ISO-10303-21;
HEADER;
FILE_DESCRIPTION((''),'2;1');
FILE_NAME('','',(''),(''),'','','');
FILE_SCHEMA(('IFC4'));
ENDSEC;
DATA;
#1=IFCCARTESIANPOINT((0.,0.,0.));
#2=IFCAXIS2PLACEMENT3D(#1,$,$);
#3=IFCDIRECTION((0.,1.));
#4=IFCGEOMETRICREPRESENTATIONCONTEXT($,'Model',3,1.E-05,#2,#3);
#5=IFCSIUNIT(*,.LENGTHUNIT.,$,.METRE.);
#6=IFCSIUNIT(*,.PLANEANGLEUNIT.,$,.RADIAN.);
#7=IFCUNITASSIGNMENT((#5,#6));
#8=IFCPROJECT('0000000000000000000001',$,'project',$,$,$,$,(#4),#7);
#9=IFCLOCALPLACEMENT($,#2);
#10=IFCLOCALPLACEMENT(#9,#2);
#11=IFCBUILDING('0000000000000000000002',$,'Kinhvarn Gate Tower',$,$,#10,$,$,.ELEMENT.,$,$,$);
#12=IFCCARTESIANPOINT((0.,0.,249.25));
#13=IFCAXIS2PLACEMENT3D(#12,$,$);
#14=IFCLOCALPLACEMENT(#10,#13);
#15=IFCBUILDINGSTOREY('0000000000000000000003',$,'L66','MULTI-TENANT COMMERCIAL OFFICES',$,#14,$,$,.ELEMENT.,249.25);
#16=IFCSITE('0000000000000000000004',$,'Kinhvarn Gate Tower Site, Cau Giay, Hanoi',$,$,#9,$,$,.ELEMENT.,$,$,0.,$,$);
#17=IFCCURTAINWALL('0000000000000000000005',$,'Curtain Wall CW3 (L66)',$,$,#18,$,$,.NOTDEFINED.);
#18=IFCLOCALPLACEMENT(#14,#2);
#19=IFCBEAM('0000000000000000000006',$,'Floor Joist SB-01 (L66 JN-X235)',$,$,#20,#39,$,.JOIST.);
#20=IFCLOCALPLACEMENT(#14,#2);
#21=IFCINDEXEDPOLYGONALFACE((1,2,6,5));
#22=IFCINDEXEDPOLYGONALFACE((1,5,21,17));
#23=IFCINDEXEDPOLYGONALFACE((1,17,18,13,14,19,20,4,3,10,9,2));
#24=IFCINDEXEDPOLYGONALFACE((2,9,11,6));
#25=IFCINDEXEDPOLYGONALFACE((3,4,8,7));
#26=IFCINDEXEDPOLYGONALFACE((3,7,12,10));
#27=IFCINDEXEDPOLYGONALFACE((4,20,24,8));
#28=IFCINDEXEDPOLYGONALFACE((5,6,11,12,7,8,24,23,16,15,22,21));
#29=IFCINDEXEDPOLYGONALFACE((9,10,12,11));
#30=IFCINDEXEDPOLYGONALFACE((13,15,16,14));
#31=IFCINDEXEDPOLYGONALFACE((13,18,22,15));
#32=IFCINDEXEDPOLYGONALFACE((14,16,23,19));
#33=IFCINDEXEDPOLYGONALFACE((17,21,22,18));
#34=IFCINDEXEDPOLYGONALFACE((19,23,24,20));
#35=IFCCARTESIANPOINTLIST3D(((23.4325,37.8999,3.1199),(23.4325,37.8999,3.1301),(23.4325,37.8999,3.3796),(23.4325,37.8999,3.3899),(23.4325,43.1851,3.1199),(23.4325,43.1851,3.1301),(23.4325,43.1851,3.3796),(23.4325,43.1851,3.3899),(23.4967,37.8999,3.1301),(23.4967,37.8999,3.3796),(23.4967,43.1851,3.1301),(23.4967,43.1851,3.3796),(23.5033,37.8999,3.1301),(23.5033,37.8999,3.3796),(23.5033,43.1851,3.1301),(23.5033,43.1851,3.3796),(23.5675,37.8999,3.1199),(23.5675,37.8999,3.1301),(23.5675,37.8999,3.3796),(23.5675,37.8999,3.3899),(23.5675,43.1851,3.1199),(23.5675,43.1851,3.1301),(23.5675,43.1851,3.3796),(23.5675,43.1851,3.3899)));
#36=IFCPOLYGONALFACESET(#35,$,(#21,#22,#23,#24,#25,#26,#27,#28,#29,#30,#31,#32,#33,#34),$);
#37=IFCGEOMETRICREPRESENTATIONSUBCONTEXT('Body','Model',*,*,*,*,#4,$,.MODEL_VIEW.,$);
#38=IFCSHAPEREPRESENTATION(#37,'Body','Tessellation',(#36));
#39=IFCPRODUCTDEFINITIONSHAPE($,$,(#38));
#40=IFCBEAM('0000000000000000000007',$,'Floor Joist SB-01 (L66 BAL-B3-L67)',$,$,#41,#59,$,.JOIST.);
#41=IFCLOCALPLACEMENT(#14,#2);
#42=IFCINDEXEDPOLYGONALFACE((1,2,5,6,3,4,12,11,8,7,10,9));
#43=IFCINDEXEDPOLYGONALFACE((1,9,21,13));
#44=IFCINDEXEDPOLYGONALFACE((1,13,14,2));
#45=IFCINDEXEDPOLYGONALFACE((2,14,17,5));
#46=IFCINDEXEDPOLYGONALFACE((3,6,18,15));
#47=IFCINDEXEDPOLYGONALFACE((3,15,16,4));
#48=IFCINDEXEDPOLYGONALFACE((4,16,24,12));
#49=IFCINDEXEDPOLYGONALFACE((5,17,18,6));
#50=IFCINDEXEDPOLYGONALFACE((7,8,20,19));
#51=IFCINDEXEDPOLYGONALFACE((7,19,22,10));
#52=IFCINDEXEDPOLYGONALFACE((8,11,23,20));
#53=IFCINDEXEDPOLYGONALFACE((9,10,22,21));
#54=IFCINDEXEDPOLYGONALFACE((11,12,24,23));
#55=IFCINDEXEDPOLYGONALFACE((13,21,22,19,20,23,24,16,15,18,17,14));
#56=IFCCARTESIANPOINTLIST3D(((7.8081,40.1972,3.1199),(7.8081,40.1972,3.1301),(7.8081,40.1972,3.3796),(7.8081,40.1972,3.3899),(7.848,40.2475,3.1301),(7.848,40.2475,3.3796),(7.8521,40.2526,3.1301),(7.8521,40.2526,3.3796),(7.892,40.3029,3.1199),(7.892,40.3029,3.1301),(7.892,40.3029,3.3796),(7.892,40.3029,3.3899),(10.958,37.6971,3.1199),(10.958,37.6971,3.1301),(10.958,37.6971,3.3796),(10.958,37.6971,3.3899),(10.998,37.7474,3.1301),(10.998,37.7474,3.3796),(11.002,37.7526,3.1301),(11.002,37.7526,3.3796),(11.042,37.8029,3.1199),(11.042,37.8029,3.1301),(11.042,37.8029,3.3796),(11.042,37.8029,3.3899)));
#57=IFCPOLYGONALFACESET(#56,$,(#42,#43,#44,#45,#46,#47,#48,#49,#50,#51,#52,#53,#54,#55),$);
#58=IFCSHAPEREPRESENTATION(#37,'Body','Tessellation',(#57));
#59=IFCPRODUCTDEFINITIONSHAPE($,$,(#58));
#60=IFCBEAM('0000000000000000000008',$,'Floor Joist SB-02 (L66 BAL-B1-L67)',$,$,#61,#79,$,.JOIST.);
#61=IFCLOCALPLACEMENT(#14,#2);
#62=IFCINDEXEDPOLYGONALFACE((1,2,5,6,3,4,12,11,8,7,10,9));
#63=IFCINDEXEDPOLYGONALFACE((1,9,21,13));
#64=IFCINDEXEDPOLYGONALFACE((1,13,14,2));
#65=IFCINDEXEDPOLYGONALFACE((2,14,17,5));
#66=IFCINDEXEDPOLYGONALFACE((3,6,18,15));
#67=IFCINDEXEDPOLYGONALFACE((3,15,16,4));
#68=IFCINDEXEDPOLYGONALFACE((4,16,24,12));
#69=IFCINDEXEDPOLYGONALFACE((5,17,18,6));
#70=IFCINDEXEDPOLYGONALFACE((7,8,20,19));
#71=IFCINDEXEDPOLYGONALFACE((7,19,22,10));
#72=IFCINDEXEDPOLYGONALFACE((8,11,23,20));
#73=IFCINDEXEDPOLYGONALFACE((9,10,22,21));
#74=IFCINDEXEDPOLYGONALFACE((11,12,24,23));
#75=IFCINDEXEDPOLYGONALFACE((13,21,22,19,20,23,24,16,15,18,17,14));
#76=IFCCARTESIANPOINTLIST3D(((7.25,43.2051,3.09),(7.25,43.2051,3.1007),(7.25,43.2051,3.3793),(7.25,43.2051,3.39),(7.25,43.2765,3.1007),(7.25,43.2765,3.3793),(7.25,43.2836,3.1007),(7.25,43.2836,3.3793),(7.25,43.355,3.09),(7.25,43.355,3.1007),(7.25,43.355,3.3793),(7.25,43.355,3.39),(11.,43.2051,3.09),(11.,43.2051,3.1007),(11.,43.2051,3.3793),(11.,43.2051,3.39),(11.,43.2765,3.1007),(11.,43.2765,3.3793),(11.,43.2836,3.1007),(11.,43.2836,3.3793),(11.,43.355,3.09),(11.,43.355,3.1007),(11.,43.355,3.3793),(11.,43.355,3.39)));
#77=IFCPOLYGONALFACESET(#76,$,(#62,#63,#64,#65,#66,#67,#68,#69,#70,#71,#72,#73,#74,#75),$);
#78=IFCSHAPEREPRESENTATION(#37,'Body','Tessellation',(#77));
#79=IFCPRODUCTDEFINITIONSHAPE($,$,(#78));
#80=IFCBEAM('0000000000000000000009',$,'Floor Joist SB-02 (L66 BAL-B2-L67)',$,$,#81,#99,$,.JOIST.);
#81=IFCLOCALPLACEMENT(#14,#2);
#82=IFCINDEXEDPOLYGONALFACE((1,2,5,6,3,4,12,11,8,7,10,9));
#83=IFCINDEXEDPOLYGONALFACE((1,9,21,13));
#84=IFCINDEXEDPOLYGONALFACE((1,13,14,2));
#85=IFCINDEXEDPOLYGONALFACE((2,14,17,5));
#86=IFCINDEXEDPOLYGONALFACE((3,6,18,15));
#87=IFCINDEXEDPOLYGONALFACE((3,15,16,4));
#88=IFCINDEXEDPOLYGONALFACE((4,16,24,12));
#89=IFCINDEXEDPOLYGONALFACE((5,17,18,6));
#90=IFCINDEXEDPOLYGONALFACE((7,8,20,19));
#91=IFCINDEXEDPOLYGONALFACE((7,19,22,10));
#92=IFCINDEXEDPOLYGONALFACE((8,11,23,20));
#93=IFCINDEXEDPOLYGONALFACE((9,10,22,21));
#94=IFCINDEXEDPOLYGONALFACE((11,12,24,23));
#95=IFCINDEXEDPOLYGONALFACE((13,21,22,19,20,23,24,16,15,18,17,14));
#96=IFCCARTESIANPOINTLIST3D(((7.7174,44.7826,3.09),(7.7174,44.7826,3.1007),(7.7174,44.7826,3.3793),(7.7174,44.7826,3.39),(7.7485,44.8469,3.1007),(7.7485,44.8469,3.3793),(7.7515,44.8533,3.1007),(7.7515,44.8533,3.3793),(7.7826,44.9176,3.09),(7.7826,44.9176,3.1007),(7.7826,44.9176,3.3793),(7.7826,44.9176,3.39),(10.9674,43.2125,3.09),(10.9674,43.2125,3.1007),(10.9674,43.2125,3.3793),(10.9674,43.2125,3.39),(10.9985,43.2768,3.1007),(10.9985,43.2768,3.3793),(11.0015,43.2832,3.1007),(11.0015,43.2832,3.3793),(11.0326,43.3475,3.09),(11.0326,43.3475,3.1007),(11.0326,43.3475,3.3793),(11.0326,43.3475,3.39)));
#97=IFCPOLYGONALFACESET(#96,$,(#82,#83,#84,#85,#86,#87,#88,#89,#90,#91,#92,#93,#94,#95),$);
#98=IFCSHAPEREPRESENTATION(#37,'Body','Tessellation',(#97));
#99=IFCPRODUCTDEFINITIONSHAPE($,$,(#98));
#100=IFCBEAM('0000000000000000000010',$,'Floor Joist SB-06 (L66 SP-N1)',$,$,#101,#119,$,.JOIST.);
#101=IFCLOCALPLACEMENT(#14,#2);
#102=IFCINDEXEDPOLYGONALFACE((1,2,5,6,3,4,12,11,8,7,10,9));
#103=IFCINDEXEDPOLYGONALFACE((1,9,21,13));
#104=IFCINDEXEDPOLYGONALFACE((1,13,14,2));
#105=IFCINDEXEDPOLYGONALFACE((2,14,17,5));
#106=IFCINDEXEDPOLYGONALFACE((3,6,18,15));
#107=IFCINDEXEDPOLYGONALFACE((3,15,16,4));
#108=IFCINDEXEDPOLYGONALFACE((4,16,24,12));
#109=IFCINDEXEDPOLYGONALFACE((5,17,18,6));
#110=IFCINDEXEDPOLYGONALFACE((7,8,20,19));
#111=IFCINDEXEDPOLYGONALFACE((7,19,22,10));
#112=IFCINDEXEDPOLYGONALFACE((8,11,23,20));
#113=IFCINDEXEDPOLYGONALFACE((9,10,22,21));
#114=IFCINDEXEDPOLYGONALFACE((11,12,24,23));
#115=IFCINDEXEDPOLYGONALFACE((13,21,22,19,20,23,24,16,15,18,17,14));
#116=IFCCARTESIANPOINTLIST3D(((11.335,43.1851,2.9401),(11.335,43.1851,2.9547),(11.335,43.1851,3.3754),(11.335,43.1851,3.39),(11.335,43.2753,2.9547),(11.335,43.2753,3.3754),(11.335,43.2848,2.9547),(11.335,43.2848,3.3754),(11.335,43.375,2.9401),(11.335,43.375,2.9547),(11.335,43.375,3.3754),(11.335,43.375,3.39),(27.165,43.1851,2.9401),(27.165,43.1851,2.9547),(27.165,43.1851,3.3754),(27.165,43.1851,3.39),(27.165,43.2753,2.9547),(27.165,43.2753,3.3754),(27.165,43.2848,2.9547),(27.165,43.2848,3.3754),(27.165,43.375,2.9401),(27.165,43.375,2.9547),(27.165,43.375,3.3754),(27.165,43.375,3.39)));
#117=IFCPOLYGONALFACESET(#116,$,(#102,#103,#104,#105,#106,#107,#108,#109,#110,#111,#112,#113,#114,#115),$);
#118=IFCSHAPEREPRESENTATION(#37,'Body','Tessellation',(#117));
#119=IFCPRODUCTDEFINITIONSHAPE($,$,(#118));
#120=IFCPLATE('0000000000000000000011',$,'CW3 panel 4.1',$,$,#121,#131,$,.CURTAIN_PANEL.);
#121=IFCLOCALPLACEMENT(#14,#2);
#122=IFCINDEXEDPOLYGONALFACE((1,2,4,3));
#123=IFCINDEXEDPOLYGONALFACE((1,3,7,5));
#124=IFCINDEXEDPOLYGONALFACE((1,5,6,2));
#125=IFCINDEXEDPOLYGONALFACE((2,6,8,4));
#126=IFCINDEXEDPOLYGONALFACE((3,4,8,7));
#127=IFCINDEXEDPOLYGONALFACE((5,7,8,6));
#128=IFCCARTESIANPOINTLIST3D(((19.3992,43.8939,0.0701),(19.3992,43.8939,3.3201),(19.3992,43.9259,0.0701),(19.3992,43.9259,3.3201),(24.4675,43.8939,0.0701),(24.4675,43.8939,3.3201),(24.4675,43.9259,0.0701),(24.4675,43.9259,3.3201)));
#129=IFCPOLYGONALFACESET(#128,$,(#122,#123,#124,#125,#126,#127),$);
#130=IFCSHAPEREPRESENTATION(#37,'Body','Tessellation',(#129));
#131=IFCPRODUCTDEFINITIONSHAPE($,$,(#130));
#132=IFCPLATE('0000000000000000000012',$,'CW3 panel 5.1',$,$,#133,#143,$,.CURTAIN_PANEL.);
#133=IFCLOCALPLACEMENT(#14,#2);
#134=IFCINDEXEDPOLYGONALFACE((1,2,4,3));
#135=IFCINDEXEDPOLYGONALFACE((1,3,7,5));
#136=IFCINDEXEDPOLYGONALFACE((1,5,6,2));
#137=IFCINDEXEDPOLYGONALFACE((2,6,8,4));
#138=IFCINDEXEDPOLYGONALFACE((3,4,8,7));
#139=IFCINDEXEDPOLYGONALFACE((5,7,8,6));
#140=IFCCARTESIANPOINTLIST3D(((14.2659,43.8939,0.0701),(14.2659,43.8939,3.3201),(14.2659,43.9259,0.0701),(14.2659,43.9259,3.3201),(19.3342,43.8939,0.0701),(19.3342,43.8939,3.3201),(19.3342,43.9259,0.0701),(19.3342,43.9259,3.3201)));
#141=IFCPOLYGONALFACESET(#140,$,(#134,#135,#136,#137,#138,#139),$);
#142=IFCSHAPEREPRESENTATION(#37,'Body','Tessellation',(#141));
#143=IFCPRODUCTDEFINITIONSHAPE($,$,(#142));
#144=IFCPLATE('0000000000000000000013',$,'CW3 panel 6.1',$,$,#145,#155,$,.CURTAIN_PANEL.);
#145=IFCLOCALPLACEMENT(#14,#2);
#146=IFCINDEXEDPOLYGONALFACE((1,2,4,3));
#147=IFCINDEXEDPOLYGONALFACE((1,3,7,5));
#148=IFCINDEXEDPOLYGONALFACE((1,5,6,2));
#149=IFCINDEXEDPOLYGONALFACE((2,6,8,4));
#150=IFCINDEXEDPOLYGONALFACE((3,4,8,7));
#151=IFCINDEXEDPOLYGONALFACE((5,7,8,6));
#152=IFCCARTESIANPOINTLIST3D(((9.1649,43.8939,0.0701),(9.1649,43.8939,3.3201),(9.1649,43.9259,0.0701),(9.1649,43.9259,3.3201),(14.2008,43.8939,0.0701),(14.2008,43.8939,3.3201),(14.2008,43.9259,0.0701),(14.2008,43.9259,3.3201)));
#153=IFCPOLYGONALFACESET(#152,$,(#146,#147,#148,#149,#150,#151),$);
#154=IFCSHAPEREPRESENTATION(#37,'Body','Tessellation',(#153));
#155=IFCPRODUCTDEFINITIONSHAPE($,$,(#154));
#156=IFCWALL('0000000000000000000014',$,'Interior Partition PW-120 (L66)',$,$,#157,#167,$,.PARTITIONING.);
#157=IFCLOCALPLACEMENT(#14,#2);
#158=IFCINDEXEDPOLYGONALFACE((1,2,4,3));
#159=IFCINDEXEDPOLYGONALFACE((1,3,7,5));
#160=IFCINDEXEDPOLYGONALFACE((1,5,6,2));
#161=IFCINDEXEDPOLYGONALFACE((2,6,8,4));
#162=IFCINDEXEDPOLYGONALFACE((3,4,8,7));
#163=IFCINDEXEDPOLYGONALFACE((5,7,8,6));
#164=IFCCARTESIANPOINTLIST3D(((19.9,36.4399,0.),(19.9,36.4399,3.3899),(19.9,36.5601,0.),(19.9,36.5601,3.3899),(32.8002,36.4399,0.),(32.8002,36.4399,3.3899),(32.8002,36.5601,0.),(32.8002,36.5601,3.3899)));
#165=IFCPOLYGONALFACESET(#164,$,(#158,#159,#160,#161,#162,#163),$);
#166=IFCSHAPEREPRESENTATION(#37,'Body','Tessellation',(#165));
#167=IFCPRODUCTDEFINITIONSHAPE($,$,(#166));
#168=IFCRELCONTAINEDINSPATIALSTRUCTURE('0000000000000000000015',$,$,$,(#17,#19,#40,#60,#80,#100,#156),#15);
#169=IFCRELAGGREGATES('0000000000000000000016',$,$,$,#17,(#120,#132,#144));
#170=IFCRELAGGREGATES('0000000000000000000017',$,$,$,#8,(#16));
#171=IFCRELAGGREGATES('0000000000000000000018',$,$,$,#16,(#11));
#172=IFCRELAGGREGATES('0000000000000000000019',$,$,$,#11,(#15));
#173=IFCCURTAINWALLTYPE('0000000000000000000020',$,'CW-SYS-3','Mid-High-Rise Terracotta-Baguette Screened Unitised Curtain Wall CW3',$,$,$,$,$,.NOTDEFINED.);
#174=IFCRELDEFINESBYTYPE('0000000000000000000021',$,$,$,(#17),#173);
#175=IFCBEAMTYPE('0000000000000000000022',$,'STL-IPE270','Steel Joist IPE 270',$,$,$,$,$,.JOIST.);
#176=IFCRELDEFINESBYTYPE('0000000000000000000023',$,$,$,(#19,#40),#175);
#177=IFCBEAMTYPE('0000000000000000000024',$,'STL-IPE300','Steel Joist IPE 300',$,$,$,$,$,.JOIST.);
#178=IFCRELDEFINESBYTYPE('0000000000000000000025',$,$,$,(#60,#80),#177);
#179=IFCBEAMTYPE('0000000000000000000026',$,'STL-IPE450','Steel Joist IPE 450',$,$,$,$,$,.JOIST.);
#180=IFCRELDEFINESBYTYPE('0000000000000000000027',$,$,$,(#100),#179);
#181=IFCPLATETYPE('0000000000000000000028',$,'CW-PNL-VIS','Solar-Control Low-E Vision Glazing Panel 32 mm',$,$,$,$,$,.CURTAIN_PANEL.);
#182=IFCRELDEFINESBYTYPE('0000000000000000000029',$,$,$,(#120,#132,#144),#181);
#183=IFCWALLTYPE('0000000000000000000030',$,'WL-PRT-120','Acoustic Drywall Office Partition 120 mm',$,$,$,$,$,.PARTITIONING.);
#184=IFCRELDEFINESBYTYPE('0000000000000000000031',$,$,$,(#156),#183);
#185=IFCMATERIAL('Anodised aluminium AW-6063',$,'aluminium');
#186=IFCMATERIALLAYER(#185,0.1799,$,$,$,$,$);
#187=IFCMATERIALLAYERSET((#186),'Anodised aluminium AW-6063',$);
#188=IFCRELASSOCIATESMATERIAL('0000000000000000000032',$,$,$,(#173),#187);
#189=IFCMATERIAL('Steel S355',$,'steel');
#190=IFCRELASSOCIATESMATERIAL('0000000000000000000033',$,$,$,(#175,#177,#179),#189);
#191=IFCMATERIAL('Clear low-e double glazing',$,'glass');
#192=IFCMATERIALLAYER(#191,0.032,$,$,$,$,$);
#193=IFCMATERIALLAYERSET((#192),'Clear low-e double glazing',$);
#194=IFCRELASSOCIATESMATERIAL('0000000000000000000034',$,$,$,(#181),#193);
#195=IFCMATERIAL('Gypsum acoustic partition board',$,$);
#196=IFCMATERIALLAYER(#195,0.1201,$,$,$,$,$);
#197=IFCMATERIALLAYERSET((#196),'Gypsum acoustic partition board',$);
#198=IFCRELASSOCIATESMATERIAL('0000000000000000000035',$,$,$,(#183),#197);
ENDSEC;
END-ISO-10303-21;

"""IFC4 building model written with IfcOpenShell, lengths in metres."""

from ifc_helpers import new_model, si_unit, direction, frame, frame_2d, origin, origin_2d, place, context, subcontext, project, spatial, rectangle, i_section, extrude, material, layer, layer_set, material_profile, profile_set, type_object, element, aggregate, save


model = new_model("IFC4")

# Units and contexts
model_context = context("Model", 3, precision=1e-05, world=origin(), true_north=direction((0.0, 1.0)))
body_context = subcontext(model_context, "Body", "Model", "MODEL_VIEW")
ifc_project = project(units=[si_unit("LENGTHUNIT", "METRE"), si_unit("PLANEANGLEUNIT", "RADIAN")], contexts=[model_context])

# Site, building, storey
site_placement = place(None, origin())
site = spatial("IfcSite", under=ifc_project, at=site_placement, Name="Kinhvarn Gate Tower Site, Cau Giay, Hanoi", CompositionType="ELEMENT", RefElevation=0.0)
building_placement = place(site_placement, origin())
building = spatial("IfcBuilding", under=site, at=building_placement, Name="Kinhvarn Gate Tower", CompositionType="ELEMENT")
storey_placement = place(building_placement, frame((0.0, 0.0, 249.25)))
storey = spatial("IfcBuildingStorey", under=building, at=storey_placement, Name="L66", Description="MULTI-TENANT COMMERCIAL OFFICES", CompositionType="ELEMENT", Elevation=249.25)

# Curtain wall
ifc_material_1 = material(Name="Anodised aluminium AW-6063", Category="aluminium")
ifc_layer_1 = layer(ifc_material_1, 0.1799)
ifc_layer_set_1 = layer_set([ifc_layer_1], Name="Anodised aluminium AW-6063")
curtain_wall_type = type_object("IfcCurtainWallType", Name="CW-SYS-3", Description="Mid-High-Rise Terracotta-Baguette Screened Unitised Curtain Wall CW3", PredefinedType="NOTDEFINED", material=ifc_layer_set_1)
curtain_wall_placement = place(storey_placement, origin())
curtain_wall = element("IfcCurtainWall", 1, at=curtain_wall_placement, inside=storey, type_object=curtain_wall_type, Name="Curtain Wall CW3 (L66)", PredefinedType="NOTDEFINED")

# Beams
ifc_material_2 = material(Name="Steel S355", Category="steel")
ifc_material_profile_1 = material_profile(ifc_material_2, i_section(OverallWidth=0.135, OverallDepth=0.27, WebThickness=0.0066, FlangeThickness=0.0103, at=origin_2d()), Name="IPE 270")
ifc_profile_set_1 = profile_set([ifc_material_profile_1], Name="Steel S355")
beam_type_1 = type_object("IfcBeamType", Name="STL-IPE270", Description="Steel Joist IPE 270", PredefinedType="JOIST", material=ifc_profile_set_1)
for number, where, z_axis, x_axis, name in (
    (2, (23.5, 37.8999, 3.2549), (0.0, 1.0, 0.0), (-1.0, 0.0, 0.0), "Floor Joist SB-01 (L66 JN-X235)"),
):
    element("IfcBeam", number, at=place(storey_placement, frame(where, z_axis=z_axis, x_axis=x_axis)), inside=storey, type_object=beam_type_1, Name=name, PredefinedType="JOIST", context=body_context, shape_type="SweptSolid", body=[
        extrude(i_section(OverallWidth=0.135, OverallDepth=0.27, WebThickness=0.0066, FlangeThickness=0.0103, at=origin_2d()), origin(), (0.0, 0.0, 1.0), 5.2852),
    ])
beam_1_placement = place(storey_placement, frame((11.0, 37.75, 3.2549), z_axis=(-0.78328, 0.62167, 0.0), x_axis=(-0.62167, -0.78328, 0.0)))
element("IfcBeam", 3, at=beam_1_placement, inside=storey, type_object=beam_type_1, Name="Floor Joist SB-01 (L66 BAL-B3-L67)", PredefinedType="JOIST", context=body_context, shape_type="SweptSolid", body=[
    extrude(i_section(OverallWidth=0.135, OverallDepth=0.27, WebThickness=0.0066, FlangeThickness=0.0103, at=origin_2d()), origin(), (0.0, 0.0, 1.0), 4.0215),
])
ifc_material_profile_2 = material_profile(ifc_material_2, i_section(OverallWidth=0.1499, OverallDepth=0.3, WebThickness=0.0071, FlangeThickness=0.0107, at=origin_2d()), Name="IPE 300")
ifc_profile_set_2 = profile_set([ifc_material_profile_2], Name="Steel S355")
beam_type_2 = type_object("IfcBeamType", Name="STL-IPE300", Description="Steel Joist IPE 300", PredefinedType="JOIST", material=ifc_profile_set_2)
beam_2_placement = place(storey_placement, frame((11.0, 43.28, 3.24), z_axis=(-1.0, 0.0, 0.0), x_axis=(0.0, -1.0, 0.0)))
element("IfcBeam", 4, at=beam_2_placement, inside=storey, type_object=beam_type_2, Name="Floor Joist SB-02 (L66 BAL-B1-L67)", PredefinedType="JOIST", context=body_context, shape_type="SweptSolid", body=[
    extrude(i_section(OverallWidth=0.1499, OverallDepth=0.3, WebThickness=0.0071, FlangeThickness=0.0107, at=origin_2d()), origin(), (0.0, 0.0, 1.0), 3.75),
])
beam_3_placement = place(storey_placement, frame((11.0, 43.28, 3.24), z_axis=(-0.900432, 0.434997, 0.0), x_axis=(-0.434997, -0.900432, 0.0)))
element("IfcBeam", 5, at=beam_3_placement, inside=storey, type_object=beam_type_2, Name="Floor Joist SB-02 (L66 BAL-B2-L67)", PredefinedType="JOIST", context=body_context, shape_type="SweptSolid", body=[
    extrude(i_section(OverallWidth=0.1499, OverallDepth=0.3, WebThickness=0.0071, FlangeThickness=0.0107, at=origin_2d()), origin(), (0.0, 0.0, 1.0), 3.6094),
])
ifc_material_profile_3 = material_profile(ifc_material_2, i_section(OverallWidth=0.1899, OverallDepth=0.45, WebThickness=0.0095, FlangeThickness=0.0146, at=origin_2d()), Name="IPE 450")
ifc_profile_set_3 = profile_set([ifc_material_profile_3], Name="Steel S355")
beam_type_3 = type_object("IfcBeamType", Name="STL-IPE450", Description="Steel Joist IPE 450", PredefinedType="JOIST", material=ifc_profile_set_3)
beam_4_placement = place(storey_placement, frame((11.335, 43.28, 3.165), z_axis=(1.0, 0.0, 0.0), x_axis=(0.0, 1.0, 0.0)))
element("IfcBeam", 6, at=beam_4_placement, inside=storey, type_object=beam_type_3, Name="Floor Joist SB-06 (L66 SP-N1)", PredefinedType="JOIST", context=body_context, shape_type="SweptSolid", body=[
    extrude(i_section(OverallWidth=0.1899, OverallDepth=0.45, WebThickness=0.0095, FlangeThickness=0.0146, at=origin_2d()), origin(), (0.0, 0.0, 1.0), 15.8301),
])

# Plates
ifc_material_3 = material(Name="Clear low-e double glazing", Category="glass")
ifc_layer_2 = layer(ifc_material_3, 0.032)
ifc_layer_set_2 = layer_set([ifc_layer_2], Name="Clear low-e double glazing")
plate_type = type_object("IfcPlateType", Name="CW-PNL-VIS", Description="Solar-Control Low-E Vision Glazing Panel 32 mm", PredefinedType="CURTAIN_PANEL", material=ifc_layer_set_2)
plate_1_placement = place(storey_placement, frame((21.9333, 43.9099, 0.0701), z_axis=(0.0, 0.0, 1.0), x_axis=(-1.0, 0.0, 0.0)))
plate_1 = element("IfcPlate", 7, at=plate_1_placement, type_object=plate_type, Name="CW3 panel 4.1", PredefinedType="CURTAIN_PANEL", context=body_context, shape_type="SweptSolid", body=[
    extrude(rectangle(XDim=5.0684, YDim=0.032, at=origin_2d()), origin(), (0.0, 0.0, 1.0), 3.25),
])
plate_2_placement = place(storey_placement, frame((16.8, 43.9099, 0.0701), z_axis=(0.0, 0.0, 1.0), x_axis=(-1.0, 0.0, 0.0)))
plate_2 = element("IfcPlate", 8, at=plate_2_placement, type_object=plate_type, Name="CW3 panel 5.1", PredefinedType="CURTAIN_PANEL", context=body_context, shape_type="SweptSolid", body=[
    extrude(rectangle(XDim=5.0684, YDim=0.032, at=origin_2d()), origin(), (0.0, 0.0, 1.0), 3.25),
])
plate_3_placement = place(storey_placement, frame((11.6829, 43.9099, 0.0701), z_axis=(0.0, 0.0, 1.0), x_axis=(-1.0, 0.0, 0.0)))
plate_3 = element("IfcPlate", 9, at=plate_3_placement, type_object=plate_type, Name="CW3 panel 6.1", PredefinedType="CURTAIN_PANEL", context=body_context, shape_type="SweptSolid", body=[
    extrude(rectangle(XDim=5.0359, YDim=0.032, at=origin_2d()), origin(), (0.0, 0.0, 1.0), 3.25),
])
aggregate(curtain_wall, [plate_1, plate_2, plate_3])

# Wall
ifc_material_4 = material(Name="Gypsum acoustic partition board")
ifc_layer_3 = layer(ifc_material_4, 0.1201)
ifc_layer_set_3 = layer_set([ifc_layer_3], Name="Gypsum acoustic partition board")
wall_type_1 = type_object("IfcWallType", Name="WL-PRT-120", Description="Acoustic Drywall Office Partition 120 mm", PredefinedType="PARTITIONING", material=ifc_layer_set_3)
wall_1_placement = place(storey_placement, frame((19.8999, 36.5, 0.0), z_axis=(0.0, 0.0, 1.0), x_axis=(1.0, 0.0, 0.0)))
element("IfcWall", 10, at=wall_1_placement, inside=storey, type_object=wall_type_1, Name="Interior Partition PW-120 (L66)", PredefinedType="PARTITIONING", context=body_context, shape_type="SweptSolid", body=[
    extrude(rectangle(XDim=12.9001, YDim=0.1201, at=frame_2d((6.4502, 0.0))), origin(), (0.0, 0.0, 1.0), 3.3899),
])

save(model, "model.ifc")
